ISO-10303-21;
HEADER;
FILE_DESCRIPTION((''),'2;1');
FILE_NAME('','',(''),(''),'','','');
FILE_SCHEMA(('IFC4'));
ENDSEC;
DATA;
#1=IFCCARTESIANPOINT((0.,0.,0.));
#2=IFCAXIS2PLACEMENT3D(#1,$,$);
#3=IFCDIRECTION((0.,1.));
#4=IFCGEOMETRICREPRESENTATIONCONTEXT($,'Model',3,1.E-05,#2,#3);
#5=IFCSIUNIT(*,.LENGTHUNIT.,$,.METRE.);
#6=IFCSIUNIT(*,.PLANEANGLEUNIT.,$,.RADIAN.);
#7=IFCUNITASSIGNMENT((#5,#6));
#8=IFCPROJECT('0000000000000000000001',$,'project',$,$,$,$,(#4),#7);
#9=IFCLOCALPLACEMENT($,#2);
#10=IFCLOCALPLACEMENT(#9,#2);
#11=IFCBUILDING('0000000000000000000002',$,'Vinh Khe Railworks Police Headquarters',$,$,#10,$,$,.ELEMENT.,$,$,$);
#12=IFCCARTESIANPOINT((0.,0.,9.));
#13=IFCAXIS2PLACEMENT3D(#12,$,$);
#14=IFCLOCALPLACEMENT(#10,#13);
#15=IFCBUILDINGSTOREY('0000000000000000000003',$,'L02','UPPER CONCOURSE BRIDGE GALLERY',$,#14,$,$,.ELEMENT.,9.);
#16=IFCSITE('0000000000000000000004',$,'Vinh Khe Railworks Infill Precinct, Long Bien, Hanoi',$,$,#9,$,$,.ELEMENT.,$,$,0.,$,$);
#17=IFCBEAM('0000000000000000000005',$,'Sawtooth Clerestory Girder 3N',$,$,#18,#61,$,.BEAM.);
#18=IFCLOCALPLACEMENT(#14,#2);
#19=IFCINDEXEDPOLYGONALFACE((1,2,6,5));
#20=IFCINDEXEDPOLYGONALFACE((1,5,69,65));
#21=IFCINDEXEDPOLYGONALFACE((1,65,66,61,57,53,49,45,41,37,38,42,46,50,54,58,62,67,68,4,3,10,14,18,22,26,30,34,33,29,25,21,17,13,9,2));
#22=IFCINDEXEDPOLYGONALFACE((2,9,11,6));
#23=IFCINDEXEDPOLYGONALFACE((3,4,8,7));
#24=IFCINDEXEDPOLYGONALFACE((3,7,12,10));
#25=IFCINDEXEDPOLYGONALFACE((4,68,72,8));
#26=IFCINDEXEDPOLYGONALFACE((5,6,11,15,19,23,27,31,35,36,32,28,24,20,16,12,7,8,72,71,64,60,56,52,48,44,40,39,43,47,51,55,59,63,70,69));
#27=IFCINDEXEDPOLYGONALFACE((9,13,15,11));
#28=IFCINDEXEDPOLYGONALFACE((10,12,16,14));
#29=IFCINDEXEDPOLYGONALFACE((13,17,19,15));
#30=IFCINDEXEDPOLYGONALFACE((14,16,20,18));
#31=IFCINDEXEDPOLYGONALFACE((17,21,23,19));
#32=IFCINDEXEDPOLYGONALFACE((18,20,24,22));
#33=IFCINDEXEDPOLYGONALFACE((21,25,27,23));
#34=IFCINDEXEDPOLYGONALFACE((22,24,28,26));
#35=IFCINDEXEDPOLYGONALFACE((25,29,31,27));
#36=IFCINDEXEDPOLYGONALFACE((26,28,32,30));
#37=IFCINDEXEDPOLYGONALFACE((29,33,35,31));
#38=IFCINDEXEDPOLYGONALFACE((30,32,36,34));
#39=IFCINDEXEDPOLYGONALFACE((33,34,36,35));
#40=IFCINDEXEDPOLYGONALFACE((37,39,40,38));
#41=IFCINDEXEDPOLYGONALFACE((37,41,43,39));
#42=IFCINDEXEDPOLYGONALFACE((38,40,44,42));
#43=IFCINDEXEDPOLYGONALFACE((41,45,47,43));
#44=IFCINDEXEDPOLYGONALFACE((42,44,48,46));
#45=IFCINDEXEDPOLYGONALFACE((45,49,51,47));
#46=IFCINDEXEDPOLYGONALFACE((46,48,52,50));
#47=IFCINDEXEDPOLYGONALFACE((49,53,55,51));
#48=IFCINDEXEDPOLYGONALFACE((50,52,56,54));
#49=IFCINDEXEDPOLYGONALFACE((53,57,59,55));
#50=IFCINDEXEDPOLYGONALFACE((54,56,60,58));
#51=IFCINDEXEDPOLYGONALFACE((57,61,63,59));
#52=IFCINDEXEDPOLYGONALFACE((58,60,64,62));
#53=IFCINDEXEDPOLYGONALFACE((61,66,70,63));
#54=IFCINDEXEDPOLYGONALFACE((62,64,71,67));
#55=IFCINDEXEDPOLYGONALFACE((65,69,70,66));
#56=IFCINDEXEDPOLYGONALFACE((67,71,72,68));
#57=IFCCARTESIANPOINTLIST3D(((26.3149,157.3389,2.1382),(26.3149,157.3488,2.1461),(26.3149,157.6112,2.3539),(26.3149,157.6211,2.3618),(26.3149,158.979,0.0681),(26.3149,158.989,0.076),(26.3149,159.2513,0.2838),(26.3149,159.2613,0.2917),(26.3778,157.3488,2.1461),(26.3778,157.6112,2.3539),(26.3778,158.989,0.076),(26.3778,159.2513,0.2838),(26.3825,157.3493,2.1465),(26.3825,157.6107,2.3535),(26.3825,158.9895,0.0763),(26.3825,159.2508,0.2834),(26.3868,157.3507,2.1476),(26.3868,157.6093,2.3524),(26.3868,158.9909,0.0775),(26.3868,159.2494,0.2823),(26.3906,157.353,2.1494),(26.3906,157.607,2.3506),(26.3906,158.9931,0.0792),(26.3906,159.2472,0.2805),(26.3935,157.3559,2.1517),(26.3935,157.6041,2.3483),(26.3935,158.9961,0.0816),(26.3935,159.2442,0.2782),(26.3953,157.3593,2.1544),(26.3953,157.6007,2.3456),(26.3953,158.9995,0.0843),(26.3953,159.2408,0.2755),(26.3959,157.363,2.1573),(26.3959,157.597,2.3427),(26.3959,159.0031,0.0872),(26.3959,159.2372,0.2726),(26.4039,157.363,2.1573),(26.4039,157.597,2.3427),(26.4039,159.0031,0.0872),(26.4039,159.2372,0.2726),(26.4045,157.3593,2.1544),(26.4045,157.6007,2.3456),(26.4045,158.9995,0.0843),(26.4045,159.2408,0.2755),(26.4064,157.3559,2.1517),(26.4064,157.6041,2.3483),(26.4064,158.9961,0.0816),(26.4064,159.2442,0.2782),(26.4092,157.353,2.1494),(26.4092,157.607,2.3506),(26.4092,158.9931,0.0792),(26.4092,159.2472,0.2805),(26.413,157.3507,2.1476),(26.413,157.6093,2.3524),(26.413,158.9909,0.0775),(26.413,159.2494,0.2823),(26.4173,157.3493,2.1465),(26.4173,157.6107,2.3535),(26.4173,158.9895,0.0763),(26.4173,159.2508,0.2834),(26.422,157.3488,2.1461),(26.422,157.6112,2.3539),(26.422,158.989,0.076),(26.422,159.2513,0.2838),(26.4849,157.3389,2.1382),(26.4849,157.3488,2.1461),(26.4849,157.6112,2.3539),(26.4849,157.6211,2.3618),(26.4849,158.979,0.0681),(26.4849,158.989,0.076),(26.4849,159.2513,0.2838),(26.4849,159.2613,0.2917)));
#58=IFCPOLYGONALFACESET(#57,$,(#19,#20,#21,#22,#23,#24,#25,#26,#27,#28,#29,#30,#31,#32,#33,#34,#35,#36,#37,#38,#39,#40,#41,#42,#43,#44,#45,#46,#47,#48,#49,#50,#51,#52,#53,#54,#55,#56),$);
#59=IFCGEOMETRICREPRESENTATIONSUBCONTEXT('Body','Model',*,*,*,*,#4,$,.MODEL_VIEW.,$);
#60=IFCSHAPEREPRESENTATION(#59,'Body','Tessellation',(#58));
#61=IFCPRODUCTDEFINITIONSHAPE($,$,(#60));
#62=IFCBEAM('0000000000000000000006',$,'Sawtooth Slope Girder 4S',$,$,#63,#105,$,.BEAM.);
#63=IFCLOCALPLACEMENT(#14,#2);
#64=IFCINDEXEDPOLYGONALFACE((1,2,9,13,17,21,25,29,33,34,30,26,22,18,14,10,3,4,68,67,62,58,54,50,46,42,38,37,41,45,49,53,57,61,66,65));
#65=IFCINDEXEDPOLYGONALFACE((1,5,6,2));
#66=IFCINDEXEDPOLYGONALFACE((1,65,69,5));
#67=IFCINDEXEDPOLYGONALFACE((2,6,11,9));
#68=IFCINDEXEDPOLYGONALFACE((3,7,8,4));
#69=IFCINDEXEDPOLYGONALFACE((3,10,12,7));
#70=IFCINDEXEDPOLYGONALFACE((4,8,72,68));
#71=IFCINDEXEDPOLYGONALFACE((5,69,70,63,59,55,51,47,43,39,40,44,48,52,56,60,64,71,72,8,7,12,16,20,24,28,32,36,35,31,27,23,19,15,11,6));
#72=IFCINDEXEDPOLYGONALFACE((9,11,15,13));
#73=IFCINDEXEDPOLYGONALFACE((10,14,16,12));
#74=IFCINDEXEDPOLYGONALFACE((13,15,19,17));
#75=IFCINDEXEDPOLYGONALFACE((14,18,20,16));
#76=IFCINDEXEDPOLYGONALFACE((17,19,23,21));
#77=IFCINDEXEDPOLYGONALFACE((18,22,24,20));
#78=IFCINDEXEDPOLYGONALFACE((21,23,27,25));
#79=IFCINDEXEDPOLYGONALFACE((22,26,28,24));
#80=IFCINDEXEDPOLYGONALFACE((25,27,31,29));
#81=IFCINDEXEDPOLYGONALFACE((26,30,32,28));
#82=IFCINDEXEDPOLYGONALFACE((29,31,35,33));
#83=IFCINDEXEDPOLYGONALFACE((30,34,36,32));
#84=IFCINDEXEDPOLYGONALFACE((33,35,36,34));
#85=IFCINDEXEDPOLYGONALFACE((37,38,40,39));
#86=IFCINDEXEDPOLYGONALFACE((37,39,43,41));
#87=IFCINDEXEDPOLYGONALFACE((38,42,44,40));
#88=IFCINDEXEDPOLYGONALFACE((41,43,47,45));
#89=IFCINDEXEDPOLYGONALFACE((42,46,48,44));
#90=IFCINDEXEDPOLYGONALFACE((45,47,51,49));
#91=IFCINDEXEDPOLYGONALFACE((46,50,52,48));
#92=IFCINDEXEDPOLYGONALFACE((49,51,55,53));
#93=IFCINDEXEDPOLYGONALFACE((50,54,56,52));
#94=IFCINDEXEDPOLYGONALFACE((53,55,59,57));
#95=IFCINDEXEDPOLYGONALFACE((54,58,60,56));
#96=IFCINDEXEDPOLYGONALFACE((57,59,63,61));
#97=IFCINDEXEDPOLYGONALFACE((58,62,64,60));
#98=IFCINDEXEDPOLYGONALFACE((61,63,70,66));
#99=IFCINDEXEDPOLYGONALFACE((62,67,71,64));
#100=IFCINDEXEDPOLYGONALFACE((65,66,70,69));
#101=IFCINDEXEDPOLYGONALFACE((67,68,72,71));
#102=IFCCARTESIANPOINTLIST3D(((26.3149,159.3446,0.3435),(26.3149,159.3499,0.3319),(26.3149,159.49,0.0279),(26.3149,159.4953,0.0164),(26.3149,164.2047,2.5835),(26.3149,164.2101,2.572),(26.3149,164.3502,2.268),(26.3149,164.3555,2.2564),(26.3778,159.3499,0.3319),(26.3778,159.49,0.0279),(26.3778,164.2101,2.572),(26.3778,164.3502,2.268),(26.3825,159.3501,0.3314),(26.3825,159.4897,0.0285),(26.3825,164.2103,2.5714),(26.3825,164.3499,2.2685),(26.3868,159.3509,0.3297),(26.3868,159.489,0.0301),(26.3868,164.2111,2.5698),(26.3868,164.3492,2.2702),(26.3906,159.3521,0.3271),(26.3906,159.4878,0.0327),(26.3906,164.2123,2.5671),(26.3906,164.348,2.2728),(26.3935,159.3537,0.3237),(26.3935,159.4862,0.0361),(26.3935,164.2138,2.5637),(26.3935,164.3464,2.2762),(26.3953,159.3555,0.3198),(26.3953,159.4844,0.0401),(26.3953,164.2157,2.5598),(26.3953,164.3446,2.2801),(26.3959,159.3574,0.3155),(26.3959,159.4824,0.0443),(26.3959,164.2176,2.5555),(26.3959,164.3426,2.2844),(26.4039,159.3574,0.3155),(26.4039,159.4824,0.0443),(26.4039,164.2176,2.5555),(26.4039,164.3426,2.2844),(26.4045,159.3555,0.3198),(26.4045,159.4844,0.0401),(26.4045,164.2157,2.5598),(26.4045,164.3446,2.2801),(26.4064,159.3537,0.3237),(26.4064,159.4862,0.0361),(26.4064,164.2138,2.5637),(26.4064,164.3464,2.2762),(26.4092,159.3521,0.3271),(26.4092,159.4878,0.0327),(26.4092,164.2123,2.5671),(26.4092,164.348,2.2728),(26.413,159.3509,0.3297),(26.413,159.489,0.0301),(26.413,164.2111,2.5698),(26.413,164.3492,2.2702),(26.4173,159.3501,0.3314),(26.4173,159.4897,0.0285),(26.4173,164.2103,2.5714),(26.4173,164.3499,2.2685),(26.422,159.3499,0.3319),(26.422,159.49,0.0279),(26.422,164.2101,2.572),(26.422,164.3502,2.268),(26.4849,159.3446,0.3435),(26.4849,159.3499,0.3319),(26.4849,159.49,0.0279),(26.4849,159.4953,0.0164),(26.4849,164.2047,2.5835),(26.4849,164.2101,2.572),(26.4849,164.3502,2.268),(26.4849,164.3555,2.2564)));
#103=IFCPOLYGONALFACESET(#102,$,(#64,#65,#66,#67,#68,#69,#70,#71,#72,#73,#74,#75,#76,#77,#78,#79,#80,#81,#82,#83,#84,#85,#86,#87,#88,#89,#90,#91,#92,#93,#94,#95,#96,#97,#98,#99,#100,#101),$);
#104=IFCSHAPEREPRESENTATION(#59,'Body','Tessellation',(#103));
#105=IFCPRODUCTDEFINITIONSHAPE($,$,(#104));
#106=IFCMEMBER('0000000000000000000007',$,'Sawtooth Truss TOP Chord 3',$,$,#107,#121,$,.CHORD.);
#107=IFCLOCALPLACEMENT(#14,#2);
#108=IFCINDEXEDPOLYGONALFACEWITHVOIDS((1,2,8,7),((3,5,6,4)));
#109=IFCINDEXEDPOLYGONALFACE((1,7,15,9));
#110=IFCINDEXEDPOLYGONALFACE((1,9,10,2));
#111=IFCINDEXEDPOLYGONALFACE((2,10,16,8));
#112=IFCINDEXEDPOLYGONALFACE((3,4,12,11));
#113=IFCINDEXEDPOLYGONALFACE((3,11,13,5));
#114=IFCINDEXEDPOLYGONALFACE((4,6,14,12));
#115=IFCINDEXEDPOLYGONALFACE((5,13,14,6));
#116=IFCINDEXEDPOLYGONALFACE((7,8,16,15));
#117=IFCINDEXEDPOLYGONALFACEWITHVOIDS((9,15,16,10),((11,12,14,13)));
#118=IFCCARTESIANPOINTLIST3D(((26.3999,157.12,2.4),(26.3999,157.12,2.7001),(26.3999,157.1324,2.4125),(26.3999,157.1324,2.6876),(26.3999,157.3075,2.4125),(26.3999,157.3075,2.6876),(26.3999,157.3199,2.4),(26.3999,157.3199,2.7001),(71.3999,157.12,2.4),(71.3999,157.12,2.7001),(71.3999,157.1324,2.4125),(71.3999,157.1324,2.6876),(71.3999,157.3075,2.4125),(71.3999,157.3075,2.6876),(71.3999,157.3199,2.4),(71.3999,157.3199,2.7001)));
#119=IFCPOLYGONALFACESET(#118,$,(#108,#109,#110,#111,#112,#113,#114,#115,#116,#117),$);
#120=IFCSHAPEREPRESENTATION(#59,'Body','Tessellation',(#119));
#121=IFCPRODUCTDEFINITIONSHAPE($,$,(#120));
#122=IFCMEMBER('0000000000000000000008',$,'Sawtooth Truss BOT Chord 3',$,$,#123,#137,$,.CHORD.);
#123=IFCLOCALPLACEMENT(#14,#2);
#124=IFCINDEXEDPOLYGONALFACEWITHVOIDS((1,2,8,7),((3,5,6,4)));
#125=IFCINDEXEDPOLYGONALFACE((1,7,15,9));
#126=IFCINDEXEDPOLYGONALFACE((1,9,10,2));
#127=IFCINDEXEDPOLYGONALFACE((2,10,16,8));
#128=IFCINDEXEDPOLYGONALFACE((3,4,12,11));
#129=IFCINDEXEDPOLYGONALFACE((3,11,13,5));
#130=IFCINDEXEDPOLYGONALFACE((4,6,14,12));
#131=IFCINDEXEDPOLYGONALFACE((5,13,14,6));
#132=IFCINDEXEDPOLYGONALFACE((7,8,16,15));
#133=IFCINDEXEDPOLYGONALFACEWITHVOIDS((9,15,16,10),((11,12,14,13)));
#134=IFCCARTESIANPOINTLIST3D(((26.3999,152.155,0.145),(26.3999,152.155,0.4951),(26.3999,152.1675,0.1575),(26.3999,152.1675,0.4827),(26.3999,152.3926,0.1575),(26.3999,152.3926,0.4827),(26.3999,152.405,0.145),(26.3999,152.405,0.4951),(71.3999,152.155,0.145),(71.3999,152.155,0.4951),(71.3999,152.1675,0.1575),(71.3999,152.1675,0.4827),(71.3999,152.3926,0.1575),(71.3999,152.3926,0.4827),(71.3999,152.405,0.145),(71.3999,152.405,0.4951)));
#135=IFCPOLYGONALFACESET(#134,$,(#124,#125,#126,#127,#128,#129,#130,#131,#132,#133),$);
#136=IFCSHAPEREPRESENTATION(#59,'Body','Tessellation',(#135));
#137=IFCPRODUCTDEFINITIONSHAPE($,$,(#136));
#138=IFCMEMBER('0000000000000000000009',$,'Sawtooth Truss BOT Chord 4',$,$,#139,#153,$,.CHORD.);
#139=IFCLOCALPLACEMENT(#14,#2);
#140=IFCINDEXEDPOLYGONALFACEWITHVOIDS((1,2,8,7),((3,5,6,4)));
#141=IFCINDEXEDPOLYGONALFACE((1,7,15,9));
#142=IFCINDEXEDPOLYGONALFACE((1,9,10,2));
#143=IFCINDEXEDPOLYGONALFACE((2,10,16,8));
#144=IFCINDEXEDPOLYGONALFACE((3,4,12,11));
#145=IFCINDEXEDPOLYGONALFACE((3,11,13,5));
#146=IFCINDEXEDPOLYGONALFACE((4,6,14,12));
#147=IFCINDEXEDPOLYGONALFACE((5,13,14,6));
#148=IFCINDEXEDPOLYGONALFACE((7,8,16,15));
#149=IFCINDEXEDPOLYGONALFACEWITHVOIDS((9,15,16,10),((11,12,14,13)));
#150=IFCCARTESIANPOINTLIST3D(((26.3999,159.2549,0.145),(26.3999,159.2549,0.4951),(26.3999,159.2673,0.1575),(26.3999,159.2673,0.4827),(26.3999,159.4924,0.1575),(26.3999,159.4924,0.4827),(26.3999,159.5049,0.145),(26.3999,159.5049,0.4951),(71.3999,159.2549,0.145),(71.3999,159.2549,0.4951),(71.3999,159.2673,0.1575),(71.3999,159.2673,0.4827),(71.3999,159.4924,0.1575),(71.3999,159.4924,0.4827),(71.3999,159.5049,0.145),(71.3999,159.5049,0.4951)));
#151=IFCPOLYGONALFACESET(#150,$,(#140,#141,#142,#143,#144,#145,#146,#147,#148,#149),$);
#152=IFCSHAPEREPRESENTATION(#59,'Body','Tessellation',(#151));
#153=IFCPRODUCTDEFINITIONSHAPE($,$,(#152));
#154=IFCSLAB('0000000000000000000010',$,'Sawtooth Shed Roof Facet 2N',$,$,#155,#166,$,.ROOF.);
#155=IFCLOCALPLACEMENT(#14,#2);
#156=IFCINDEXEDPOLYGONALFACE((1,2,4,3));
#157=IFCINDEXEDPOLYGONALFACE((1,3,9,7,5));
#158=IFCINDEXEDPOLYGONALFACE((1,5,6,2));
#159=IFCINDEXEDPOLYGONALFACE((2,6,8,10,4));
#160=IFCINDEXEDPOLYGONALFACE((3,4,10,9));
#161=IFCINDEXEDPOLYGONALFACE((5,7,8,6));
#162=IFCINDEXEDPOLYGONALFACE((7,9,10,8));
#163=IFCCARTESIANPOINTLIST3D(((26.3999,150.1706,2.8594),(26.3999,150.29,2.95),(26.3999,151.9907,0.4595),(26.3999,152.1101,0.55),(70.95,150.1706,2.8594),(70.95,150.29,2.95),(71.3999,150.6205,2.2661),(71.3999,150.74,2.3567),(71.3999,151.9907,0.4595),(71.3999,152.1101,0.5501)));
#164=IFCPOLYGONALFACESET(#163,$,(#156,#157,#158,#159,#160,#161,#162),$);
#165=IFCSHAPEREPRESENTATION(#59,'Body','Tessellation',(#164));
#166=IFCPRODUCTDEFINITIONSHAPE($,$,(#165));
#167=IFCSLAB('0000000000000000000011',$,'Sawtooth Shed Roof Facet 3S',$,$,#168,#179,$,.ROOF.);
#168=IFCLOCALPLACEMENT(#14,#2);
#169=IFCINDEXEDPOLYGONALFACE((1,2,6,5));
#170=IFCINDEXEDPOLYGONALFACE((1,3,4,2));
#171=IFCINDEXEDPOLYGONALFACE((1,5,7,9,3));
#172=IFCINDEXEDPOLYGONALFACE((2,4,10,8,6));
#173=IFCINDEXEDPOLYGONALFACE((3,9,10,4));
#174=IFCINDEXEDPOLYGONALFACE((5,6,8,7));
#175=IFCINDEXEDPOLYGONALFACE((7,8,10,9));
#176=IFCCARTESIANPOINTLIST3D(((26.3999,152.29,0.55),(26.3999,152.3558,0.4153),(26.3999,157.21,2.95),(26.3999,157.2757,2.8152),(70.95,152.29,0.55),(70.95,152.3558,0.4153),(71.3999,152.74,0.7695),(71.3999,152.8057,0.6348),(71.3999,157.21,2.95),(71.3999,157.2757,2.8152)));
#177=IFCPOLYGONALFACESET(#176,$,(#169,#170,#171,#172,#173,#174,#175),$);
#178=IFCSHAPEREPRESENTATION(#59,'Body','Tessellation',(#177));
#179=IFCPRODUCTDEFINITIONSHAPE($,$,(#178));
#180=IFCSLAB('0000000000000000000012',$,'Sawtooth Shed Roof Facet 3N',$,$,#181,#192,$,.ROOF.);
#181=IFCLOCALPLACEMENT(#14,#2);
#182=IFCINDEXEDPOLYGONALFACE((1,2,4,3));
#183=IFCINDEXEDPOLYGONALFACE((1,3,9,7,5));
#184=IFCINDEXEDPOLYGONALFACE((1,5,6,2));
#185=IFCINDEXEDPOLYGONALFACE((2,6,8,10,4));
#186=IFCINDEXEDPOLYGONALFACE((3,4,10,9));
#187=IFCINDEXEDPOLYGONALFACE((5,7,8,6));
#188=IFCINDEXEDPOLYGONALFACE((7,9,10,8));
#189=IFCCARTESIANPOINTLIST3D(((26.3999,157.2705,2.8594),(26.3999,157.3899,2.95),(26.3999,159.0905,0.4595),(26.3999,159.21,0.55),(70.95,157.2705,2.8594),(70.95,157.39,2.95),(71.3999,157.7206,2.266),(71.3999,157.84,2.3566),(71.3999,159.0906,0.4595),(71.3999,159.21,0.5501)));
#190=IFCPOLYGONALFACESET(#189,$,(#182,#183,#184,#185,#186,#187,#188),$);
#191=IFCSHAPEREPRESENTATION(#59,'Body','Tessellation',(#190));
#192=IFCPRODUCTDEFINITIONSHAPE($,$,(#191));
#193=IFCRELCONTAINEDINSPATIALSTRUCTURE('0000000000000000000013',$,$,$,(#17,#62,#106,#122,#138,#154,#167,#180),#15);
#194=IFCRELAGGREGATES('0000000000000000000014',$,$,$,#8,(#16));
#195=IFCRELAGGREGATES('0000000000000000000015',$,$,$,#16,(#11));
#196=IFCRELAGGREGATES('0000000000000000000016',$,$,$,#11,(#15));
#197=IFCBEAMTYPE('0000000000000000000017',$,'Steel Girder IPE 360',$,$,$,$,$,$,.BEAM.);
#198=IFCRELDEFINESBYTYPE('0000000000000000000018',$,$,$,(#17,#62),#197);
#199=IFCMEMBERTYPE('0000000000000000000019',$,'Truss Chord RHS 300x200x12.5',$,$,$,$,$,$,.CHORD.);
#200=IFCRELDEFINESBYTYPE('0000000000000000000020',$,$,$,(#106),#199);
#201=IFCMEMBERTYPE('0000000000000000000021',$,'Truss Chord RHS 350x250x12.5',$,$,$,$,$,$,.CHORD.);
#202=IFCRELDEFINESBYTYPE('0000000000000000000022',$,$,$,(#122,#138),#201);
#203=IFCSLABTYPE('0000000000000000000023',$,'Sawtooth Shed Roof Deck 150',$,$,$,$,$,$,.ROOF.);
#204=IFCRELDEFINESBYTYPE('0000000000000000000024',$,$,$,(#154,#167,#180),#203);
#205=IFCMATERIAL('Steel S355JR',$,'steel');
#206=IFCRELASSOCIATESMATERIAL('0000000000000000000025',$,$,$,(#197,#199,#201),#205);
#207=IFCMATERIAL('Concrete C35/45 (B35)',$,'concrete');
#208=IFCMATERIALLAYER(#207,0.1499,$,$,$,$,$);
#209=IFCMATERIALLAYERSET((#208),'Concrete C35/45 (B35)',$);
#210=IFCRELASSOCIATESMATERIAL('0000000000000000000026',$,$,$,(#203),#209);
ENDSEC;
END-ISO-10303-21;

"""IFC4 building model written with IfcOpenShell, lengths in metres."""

from ifc_helpers import new_model, si_unit, direction, frame, origin, origin_2d, place, context, subcontext, project, spatial, polyline, hollow_rectangle, i_section, outline, extrude, material, layer, layer_set, material_profile, profile_set, type_object, element, save


model = new_model("IFC4")

# Units and contexts
model_context = context("Model", 3, precision=1e-05, world=origin(), true_north=direction((0.0, 1.0)))
body_context = subcontext(model_context, "Body", "Model", "MODEL_VIEW")
ifc_project = project(units=[si_unit("LENGTHUNIT", "METRE"), si_unit("PLANEANGLEUNIT", "RADIAN")], contexts=[model_context])

# Site, building, storey
site_placement = place(None, origin())
site = spatial("IfcSite", under=ifc_project, at=site_placement, Name="Vinh Khe Railworks Infill Precinct, Long Bien, Hanoi", CompositionType="ELEMENT", RefElevation=0.0)
building_placement = place(site_placement, origin())
building = spatial("IfcBuilding", under=site, at=building_placement, Name="Vinh Khe Railworks Police Headquarters", CompositionType="ELEMENT")
storey_placement = place(building_placement, frame((0.0, 0.0, 9.0)))
storey = spatial("IfcBuildingStorey", under=building, at=storey_placement, Name="L02", Description="UPPER CONCOURSE BRIDGE GALLERY", CompositionType="ELEMENT", Elevation=9.0)

# Shared definitions
ifc_material_1 = material(Name="Steel S355JR", Category="steel")

# Beams
ifc_material_profile_1 = material_profile(ifc_material_1, i_section(OverallWidth=0.1699, OverallDepth=0.3601, WebThickness=0.0081, FlangeThickness=0.0127, FilletRadius=0.0181, at=origin_2d()), Name="IPE 360")
ifc_profile_set_1 = profile_set([ifc_material_profile_1], Name="Steel S355JR")
beam_type = type_object("IfcBeamType", Name="Steel Girder IPE 360", PredefinedType="BEAM", material=ifc_profile_set_1)
beam_1_placement = place(storey_placement, frame((26.3999, 157.48, 2.25), z_axis=(0.0, 0.621013, -0.7838), x_axis=(-1.0, 0.0, 0.0)))
element("IfcBeam", 1, at=beam_1_placement, inside=storey, type_object=beam_type, Name="Sawtooth Clerestory Girder 3N", PredefinedType="BEAM", context=body_context, shape_type="SweptSolid", body=[
    extrude(i_section(OverallWidth=0.1699, OverallDepth=0.3601, WebThickness=0.0081, FlangeThickness=0.0127, FilletRadius=0.0181, at=origin_2d()), origin(), (0.0, 0.0, 1.0), 2.6411),
])
beam_2_placement = place(storey_placement, frame((26.3999, 159.4199, 0.1799), z_axis=(0.0, 0.908182, 0.418575), x_axis=(-1.0, 0.0, 0.0)))
element("IfcBeam", 2, at=beam_2_placement, inside=storey, type_object=beam_type, Name="Sawtooth Slope Girder 4S", PredefinedType="BEAM", context=body_context, shape_type="SweptSolid", body=[
    extrude(i_section(OverallWidth=0.1699, OverallDepth=0.3601, WebThickness=0.0081, FlangeThickness=0.0127, FilletRadius=0.0181, at=origin_2d()), origin(), (0.0, 0.0, 1.0), 5.3516),
])

# Members
ifc_material_profile_2 = material_profile(ifc_material_1, hollow_rectangle(XDim=0.2, YDim=0.3, WallThickness=0.0125, at=origin_2d()), Name="RHS 300x200x12.5")
ifc_profile_set_2 = profile_set([ifc_material_profile_2], Name="Steel S355JR")
member_type_1 = type_object("IfcMemberType", Name="Truss Chord RHS 300x200x12.5", PredefinedType="CHORD", material=ifc_profile_set_2)
member_1_placement = place(storey_placement, frame((26.3999, 157.22, 2.55), z_axis=(1.0, 0.0, 0.0), x_axis=(0.0, 1.0, 0.0)))
element("IfcMember", 3, at=member_1_placement, inside=storey, type_object=member_type_1, Name="Sawtooth Truss TOP Chord 3", PredefinedType="CHORD", context=body_context, shape_type="SweptSolid", body=[
    extrude(hollow_rectangle(XDim=0.2, YDim=0.3, WallThickness=0.0125, at=origin_2d()), origin(), (0.0, 0.0, 1.0), 45.0),
])
ifc_material_profile_3 = material_profile(ifc_material_1, hollow_rectangle(XDim=0.25, YDim=0.3501, WallThickness=0.0125, at=origin_2d()), Name="RHS 350x250x12.5")
ifc_profile_set_3 = profile_set([ifc_material_profile_3], Name="Steel S355JR")
member_type_2 = type_object("IfcMemberType", Name="Truss Chord RHS 350x250x12.5", PredefinedType="CHORD", material=ifc_profile_set_3)
for number, where, z_axis, x_axis, name in (
    (4, (26.3999, 152.28, 0.3201), (1.0, 0.0, 0.0), (0.0, 1.0, 0.0), "Sawtooth Truss BOT Chord 3"),
    (5, (26.3999, 159.3799, 0.3201), (1.0, 0.0, 0.0), (0.0, 1.0, 0.0), "Sawtooth Truss BOT Chord 4"),
):
    element("IfcMember", number, at=place(storey_placement, frame(where, z_axis=z_axis, x_axis=x_axis)), inside=storey, type_object=member_type_2, Name=name, PredefinedType="CHORD", context=body_context, shape_type="SweptSolid", body=[
        extrude(hollow_rectangle(XDim=0.25, YDim=0.3501, WallThickness=0.0125, at=origin_2d()), origin(), (0.0, 0.0, 1.0), 45.0),
    ])

# Slabs
ifc_material_2 = material(Name="Concrete C35/45 (B35)", Category="concrete")
ifc_layer = layer(ifc_material_2, 0.1499)
ifc_layer_set = layer_set([ifc_layer], Name="Concrete C35/45 (B35)")
slab_type = type_object("IfcSlabType", Name="Sawtooth Shed Roof Deck 150", PredefinedType="ROOF", material=ifc_layer_set)
slab_1_placement = place(storey_placement, frame((26.3999, 150.29, 2.95), z_axis=(0.0, 0.796779, 0.604271), x_axis=(1.0, 0.0, 0.0)))
element("IfcSlab", 6, at=slab_1_placement, inside=storey, type_object=slab_type, Name="Sawtooth Shed Roof Facet 2N", PredefinedType="ROOF", context=body_context, shape_type="SweptSolid", body=[
    extrude(outline(polyline([(0.0, 0.0), (44.55, 0.0), (45.0, 0.7446), (45.0, 3.012), (0.0, 3.012), (0.0, 0.0)])), origin(), (0.0, 0.0, -1.0), 0.1499),
])
slab_2_placement = place(storey_placement, frame((26.3999, 152.29, 0.55), z_axis=(0.0, -0.438415, 0.898773), x_axis=(1.0, 0.0, 0.0)))
element("IfcSlab", 7, at=slab_2_placement, inside=storey, type_object=slab_type, Name="Sawtooth Shed Roof Facet 3S", PredefinedType="ROOF", context=body_context, shape_type="SweptSolid", body=[
    extrude(outline(polyline([(0.0, 0.0), (44.55, 0.0), (45.0, 0.5006), (45.0, 5.474), (0.0, 5.474), (0.0, 0.0)])), origin(), (0.0, 0.0, -1.0), 0.1499),
])
slab_3_placement = place(storey_placement, frame((26.3999, 157.3899, 2.95), z_axis=(-0.000002, 0.796779, 0.604271), x_axis=(1.0, 0.000002, 0.000001)))
element("IfcSlab", 8, at=slab_3_placement, inside=storey, type_object=slab_type, Name="Sawtooth Shed Roof Facet 3N", PredefinedType="ROOF", context=body_context, shape_type="SweptSolid", body=[
    extrude(outline(polyline([(0.0, 0.0), (44.55, 0.0), (45.0, 0.7447), (45.0, 3.012), (0.0, 3.012), (0.0, 0.0)])), origin(), (0.0, 0.0, -1.0), 0.1499),
])

save(model, "model.ifc")
